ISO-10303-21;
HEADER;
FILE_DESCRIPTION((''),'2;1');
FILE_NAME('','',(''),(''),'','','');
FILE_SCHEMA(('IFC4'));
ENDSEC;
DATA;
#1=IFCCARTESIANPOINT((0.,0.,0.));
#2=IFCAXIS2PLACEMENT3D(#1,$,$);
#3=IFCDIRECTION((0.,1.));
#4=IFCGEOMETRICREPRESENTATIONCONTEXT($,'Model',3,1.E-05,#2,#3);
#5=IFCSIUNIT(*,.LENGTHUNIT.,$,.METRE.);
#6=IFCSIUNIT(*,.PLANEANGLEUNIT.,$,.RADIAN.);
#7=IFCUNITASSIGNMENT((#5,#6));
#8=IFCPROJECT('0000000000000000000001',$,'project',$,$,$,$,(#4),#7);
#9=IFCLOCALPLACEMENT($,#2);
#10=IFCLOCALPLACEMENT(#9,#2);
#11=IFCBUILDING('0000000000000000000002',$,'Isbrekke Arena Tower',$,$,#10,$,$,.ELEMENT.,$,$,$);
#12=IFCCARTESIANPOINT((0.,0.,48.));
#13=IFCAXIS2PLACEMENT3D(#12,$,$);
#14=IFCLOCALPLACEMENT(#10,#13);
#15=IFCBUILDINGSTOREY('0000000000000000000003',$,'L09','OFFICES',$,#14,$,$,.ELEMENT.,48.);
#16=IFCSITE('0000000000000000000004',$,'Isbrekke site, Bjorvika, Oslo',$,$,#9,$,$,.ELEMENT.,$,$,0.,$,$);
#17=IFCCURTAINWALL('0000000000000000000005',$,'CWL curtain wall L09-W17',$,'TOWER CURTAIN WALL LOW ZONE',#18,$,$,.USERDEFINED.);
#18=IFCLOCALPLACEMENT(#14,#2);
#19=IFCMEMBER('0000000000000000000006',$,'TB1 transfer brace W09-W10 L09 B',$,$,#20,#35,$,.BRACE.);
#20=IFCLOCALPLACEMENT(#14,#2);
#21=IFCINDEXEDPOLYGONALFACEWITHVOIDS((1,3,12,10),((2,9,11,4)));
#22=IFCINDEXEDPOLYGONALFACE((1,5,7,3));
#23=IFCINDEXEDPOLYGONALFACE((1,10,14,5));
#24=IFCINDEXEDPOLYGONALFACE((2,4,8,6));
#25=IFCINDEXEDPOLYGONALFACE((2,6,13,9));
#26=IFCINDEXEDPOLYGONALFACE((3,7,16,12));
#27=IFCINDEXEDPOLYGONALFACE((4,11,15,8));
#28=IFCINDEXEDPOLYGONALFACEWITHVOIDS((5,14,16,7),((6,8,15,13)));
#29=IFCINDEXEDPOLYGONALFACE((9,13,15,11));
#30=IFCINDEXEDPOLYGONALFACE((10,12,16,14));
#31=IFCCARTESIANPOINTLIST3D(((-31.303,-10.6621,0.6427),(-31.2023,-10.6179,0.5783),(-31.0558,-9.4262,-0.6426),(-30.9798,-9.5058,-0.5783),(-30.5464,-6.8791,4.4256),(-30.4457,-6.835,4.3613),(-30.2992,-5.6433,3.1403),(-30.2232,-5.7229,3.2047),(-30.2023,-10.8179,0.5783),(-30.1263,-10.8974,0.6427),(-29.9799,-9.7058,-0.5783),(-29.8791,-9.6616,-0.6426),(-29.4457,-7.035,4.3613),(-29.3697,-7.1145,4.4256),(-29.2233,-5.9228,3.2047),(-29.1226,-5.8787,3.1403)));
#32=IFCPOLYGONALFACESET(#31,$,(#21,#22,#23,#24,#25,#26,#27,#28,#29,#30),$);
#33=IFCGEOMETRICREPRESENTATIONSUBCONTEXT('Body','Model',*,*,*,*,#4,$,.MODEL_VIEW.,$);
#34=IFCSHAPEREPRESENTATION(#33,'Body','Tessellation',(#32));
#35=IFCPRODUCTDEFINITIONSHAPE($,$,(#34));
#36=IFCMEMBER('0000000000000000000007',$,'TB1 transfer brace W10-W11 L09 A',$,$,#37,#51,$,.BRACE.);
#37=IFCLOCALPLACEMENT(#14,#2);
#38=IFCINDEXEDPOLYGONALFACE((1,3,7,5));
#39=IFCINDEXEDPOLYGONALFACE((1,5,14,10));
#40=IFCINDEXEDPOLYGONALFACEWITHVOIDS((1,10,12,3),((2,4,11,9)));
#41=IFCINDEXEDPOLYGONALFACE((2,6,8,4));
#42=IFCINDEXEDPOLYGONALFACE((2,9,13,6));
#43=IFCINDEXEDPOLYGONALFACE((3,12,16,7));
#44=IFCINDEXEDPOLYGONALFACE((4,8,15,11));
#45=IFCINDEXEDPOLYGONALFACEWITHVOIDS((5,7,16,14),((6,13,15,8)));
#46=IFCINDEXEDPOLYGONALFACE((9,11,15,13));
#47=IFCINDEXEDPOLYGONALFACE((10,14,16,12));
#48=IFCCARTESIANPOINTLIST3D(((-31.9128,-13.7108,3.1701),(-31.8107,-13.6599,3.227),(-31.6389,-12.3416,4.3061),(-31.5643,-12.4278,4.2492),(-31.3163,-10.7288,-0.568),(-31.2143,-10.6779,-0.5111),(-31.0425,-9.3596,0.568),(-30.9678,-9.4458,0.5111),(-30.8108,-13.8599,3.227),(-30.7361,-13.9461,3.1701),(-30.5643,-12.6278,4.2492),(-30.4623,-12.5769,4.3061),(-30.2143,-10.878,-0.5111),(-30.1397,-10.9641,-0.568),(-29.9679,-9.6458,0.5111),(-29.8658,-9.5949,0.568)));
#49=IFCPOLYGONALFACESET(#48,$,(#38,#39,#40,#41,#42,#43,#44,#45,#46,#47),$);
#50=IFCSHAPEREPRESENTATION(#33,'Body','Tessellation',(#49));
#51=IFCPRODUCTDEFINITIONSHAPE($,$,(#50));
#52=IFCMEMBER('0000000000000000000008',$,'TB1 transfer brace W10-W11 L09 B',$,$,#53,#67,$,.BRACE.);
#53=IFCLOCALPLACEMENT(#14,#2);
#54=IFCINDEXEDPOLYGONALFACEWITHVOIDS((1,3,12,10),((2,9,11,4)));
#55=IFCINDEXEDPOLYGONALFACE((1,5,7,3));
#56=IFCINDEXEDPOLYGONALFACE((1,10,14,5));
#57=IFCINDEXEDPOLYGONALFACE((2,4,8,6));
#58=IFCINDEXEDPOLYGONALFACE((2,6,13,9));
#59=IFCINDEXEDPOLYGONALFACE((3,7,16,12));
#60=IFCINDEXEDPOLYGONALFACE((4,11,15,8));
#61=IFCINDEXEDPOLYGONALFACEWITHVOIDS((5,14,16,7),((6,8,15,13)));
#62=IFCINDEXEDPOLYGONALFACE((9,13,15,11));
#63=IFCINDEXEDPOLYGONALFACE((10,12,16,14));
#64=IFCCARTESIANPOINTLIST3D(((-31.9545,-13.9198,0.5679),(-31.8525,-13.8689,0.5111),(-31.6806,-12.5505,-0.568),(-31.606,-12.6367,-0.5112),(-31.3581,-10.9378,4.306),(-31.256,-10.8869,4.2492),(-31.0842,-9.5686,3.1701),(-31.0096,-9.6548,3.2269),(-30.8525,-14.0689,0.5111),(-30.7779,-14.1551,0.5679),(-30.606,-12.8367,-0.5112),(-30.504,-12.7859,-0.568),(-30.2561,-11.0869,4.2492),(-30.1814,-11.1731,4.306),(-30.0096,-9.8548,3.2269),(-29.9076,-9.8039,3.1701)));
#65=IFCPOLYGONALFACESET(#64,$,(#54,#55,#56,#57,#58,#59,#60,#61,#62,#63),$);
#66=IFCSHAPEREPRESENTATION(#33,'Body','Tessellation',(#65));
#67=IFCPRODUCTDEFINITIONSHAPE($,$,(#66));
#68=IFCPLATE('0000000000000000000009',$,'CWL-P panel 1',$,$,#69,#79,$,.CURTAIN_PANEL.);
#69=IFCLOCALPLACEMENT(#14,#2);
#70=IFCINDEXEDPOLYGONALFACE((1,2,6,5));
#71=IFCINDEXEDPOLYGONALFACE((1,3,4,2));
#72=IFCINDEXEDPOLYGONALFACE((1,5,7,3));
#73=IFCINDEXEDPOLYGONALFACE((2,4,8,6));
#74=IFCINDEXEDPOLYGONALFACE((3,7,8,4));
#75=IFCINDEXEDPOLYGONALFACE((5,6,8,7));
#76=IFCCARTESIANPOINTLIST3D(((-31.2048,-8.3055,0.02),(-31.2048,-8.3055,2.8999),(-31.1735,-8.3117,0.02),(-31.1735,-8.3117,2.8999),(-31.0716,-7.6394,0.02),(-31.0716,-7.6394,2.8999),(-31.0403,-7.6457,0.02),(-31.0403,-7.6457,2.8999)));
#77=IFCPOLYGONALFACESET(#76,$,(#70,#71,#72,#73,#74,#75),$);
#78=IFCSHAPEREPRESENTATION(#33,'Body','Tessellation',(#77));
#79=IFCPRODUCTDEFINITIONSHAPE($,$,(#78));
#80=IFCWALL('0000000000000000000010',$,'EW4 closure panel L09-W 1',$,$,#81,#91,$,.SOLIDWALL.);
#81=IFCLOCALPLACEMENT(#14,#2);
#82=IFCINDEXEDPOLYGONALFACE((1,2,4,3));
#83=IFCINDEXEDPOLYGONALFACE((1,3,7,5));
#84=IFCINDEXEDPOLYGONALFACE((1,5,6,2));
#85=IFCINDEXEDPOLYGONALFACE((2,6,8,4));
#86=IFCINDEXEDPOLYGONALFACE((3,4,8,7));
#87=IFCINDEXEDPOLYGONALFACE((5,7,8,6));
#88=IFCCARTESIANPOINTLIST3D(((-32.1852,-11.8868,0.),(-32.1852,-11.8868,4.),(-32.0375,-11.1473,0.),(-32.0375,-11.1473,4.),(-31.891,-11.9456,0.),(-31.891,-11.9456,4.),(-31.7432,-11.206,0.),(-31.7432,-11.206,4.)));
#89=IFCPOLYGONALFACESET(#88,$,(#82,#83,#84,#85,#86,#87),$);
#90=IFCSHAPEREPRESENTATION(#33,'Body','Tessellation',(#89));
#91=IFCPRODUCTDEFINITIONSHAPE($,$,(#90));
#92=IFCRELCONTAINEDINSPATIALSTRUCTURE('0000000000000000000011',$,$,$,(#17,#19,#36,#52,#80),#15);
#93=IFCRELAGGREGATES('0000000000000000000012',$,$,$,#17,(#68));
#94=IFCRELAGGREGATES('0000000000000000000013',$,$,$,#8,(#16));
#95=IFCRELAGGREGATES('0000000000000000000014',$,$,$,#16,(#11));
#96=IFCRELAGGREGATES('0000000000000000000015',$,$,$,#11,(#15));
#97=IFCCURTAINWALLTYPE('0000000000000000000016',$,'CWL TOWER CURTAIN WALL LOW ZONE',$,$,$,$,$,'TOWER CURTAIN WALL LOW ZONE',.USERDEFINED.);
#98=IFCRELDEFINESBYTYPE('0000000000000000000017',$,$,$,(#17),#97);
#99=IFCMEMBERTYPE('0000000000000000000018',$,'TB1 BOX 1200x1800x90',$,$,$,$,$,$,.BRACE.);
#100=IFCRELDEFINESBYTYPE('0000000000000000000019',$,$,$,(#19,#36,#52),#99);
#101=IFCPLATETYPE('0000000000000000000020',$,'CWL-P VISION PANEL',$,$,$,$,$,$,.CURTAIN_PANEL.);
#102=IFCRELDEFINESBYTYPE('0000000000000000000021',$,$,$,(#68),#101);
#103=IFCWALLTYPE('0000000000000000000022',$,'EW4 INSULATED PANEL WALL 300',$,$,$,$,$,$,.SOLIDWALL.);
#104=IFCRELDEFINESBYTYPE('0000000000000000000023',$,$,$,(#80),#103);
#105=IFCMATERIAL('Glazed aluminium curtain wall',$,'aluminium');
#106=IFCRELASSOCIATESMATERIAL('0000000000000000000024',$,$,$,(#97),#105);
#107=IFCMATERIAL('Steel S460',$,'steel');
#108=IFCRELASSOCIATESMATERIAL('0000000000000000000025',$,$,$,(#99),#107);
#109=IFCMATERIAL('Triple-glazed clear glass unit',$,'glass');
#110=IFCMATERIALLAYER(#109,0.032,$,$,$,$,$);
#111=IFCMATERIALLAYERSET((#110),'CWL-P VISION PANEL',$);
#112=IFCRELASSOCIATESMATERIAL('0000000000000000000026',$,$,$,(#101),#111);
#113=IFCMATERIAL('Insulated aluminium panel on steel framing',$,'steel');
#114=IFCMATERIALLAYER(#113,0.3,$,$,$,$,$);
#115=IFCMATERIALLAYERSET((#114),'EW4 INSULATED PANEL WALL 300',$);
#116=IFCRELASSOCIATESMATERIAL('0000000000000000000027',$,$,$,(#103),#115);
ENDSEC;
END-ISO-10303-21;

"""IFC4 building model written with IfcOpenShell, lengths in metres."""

from ifc_helpers import new_model, si_unit, direction, frame, frame_2d, origin, origin_2d, place, context, subcontext, project, spatial, rectangle, hollow_rectangle, extrude, material, layer, layer_set, material_profile, profile_set, type_object, element, aggregate, save


model = new_model("IFC4")

# Units and contexts
model_context = context("Model", 3, precision=1e-05, world=origin(), true_north=direction((0.0, 1.0)))
body_context = subcontext(model_context, "Body", "Model", "MODEL_VIEW")
ifc_project = project(units=[si_unit("LENGTHUNIT", "METRE"), si_unit("PLANEANGLEUNIT", "RADIAN")], contexts=[model_context])

# Site, building, storey
site_placement = place(None, origin())
site = spatial("IfcSite", under=ifc_project, at=site_placement, Name="Isbrekke site, Bjorvika, Oslo", CompositionType="ELEMENT", RefElevation=0.0)
building_placement = place(site_placement, origin())
building = spatial("IfcBuilding", under=site, at=building_placement, Name="Isbrekke Arena Tower", CompositionType="ELEMENT")
storey_placement = place(building_placement, frame((0.0, 0.0, 48.0)))
storey = spatial("IfcBuildingStorey", under=building, at=storey_placement, Name="L09", Description="OFFICES", CompositionType="ELEMENT", Elevation=48.0)

# Curtain wall
ifc_material_1 = material(Name="Glazed aluminium curtain wall", Category="aluminium")
curtain_wall_type = type_object("IfcCurtainWallType", Name="CWL TOWER CURTAIN WALL LOW ZONE", ElementType="TOWER CURTAIN WALL LOW ZONE", PredefinedType="USERDEFINED", material=ifc_material_1)
curtain_wall_placement = place(storey_placement, origin())
curtain_wall = element("IfcCurtainWall", 1, at=curtain_wall_placement, inside=storey, type_object=curtain_wall_type, Name="CWL curtain wall L09-W17", ObjectType="TOWER CURTAIN WALL LOW ZONE", PredefinedType="USERDEFINED")

# Members
ifc_material_2 = material(Name="Steel S460", Category="steel")
ifc_material_profile_1 = material_profile(ifc_material_2, hollow_rectangle(XDim=1.2, YDim=1.8, WallThickness=0.0901, at=origin_2d()), Name="BOX 1200x1800x90")
ifc_profile_set_1 = profile_set([ifc_material_profile_1], Name="Steel S460")
member_type_1 = type_object("IfcMemberType", Name="TB1 BOX 1200x1800x90", PredefinedType="BRACE", material=ifc_profile_set_1)
member_1_placement = place(storey_placement, frame((-29.8345, -6.3789, 3.783), z_axis=(-0.140028, -0.70014, -0.70014), x_axis=(0.980581, -0.196116, 0.0)))
element("IfcMember", 2, at=member_1_placement, inside=storey, type_object=member_type_1, Name="TB1 transfer brace W09-W10 L09 B", PredefinedType="BRACE", context=body_context, shape_type="SweptSolid", body=[
    extrude(hollow_rectangle(XDim=1.2, YDim=1.8, WallThickness=0.0901, at=origin_2d()), origin(), (0.0, 0.0, 1.0), 5.4031),
])
for number, where, z_axis, x_axis, name in (
    (3, (-30.5911, -10.1619, 0.0), (-0.123773, -0.618816, 0.775724), (0.980578, -0.196132, 0.0), "TB1 transfer brace W10-W11 L09 A"),
    (4, (-30.6328, -10.3708, 3.738), (-0.123773, -0.618816, -0.775724), (0.980578, -0.196132, 0.0), "TB1 transfer brace W10-W11 L09 B"),
):
    element("IfcMember", number, at=place(storey_placement, frame(where, z_axis=z_axis, x_axis=x_axis)), inside=storey, type_object=member_type_1, Name=name, PredefinedType="BRACE", context=body_context, shape_type="SweptSolid", body=[
        extrude(hollow_rectangle(XDim=1.2, YDim=1.8, WallThickness=0.0901, at=origin_2d()), origin(), (0.0, 0.0, 1.0), 4.8188),
    ])

# Plate
ifc_material_3 = material(Name="Triple-glazed clear glass unit", Category="glass")
ifc_layer_1 = layer(ifc_material_3, 0.032)
ifc_layer_set_1 = layer_set([ifc_layer_1], Name="CWL-P VISION PANEL")
plate_type = type_object("IfcPlateType", Name="CWL-P VISION PANEL", PredefinedType="CURTAIN_PANEL", material=ifc_layer_set_1)
plate_placement = place(storey_placement, frame((-31.1226, -7.9756, 0.02), z_axis=(0.0, 0.0, 1.0), x_axis=(-0.196116, -0.980581, 0.0)))
plate = element("IfcPlate", 5, at=plate_placement, type_object=plate_type, Name="CWL-P panel 1", PredefinedType="CURTAIN_PANEL", context=body_context, shape_type="SweptSolid", body=[
    extrude(rectangle(XDim=0.6792, YDim=0.032, at=origin_2d()), origin(), (0.0, 0.0, 1.0), 2.8799),
])
aggregate(curtain_wall, [plate])

# Wall
ifc_material_4 = material(Name="Insulated aluminium panel on steel framing", Category="steel")
ifc_layer_2 = layer(ifc_material_4, 0.3)
ifc_layer_set_2 = layer_set([ifc_layer_2], Name="EW4 INSULATED PANEL WALL 300")
wall_type_1 = type_object("IfcWallType", Name="EW4 INSULATED PANEL WALL 300", PredefinedType="SOLIDWALL", material=ifc_layer_set_2)
wall_1_placement = place(storey_placement, frame((-31.8904, -11.1768, 0.0), z_axis=(0.0, 0.0, 1.0), x_axis=(-0.195867, -0.98063, 0.0)))
element("IfcWall", 6, at=wall_1_placement, inside=storey, type_object=wall_type_1, Name="EW4 closure panel L09-W 1", PredefinedType="SOLIDWALL", context=body_context, shape_type="SweptSolid", body=[
    extrude(rectangle(XDim=0.7542, YDim=0.3, at=frame_2d((0.377, 0.0))), origin(), (0.0, 0.0, 1.0), 4.0),
])

save(model, "model.ifc")
